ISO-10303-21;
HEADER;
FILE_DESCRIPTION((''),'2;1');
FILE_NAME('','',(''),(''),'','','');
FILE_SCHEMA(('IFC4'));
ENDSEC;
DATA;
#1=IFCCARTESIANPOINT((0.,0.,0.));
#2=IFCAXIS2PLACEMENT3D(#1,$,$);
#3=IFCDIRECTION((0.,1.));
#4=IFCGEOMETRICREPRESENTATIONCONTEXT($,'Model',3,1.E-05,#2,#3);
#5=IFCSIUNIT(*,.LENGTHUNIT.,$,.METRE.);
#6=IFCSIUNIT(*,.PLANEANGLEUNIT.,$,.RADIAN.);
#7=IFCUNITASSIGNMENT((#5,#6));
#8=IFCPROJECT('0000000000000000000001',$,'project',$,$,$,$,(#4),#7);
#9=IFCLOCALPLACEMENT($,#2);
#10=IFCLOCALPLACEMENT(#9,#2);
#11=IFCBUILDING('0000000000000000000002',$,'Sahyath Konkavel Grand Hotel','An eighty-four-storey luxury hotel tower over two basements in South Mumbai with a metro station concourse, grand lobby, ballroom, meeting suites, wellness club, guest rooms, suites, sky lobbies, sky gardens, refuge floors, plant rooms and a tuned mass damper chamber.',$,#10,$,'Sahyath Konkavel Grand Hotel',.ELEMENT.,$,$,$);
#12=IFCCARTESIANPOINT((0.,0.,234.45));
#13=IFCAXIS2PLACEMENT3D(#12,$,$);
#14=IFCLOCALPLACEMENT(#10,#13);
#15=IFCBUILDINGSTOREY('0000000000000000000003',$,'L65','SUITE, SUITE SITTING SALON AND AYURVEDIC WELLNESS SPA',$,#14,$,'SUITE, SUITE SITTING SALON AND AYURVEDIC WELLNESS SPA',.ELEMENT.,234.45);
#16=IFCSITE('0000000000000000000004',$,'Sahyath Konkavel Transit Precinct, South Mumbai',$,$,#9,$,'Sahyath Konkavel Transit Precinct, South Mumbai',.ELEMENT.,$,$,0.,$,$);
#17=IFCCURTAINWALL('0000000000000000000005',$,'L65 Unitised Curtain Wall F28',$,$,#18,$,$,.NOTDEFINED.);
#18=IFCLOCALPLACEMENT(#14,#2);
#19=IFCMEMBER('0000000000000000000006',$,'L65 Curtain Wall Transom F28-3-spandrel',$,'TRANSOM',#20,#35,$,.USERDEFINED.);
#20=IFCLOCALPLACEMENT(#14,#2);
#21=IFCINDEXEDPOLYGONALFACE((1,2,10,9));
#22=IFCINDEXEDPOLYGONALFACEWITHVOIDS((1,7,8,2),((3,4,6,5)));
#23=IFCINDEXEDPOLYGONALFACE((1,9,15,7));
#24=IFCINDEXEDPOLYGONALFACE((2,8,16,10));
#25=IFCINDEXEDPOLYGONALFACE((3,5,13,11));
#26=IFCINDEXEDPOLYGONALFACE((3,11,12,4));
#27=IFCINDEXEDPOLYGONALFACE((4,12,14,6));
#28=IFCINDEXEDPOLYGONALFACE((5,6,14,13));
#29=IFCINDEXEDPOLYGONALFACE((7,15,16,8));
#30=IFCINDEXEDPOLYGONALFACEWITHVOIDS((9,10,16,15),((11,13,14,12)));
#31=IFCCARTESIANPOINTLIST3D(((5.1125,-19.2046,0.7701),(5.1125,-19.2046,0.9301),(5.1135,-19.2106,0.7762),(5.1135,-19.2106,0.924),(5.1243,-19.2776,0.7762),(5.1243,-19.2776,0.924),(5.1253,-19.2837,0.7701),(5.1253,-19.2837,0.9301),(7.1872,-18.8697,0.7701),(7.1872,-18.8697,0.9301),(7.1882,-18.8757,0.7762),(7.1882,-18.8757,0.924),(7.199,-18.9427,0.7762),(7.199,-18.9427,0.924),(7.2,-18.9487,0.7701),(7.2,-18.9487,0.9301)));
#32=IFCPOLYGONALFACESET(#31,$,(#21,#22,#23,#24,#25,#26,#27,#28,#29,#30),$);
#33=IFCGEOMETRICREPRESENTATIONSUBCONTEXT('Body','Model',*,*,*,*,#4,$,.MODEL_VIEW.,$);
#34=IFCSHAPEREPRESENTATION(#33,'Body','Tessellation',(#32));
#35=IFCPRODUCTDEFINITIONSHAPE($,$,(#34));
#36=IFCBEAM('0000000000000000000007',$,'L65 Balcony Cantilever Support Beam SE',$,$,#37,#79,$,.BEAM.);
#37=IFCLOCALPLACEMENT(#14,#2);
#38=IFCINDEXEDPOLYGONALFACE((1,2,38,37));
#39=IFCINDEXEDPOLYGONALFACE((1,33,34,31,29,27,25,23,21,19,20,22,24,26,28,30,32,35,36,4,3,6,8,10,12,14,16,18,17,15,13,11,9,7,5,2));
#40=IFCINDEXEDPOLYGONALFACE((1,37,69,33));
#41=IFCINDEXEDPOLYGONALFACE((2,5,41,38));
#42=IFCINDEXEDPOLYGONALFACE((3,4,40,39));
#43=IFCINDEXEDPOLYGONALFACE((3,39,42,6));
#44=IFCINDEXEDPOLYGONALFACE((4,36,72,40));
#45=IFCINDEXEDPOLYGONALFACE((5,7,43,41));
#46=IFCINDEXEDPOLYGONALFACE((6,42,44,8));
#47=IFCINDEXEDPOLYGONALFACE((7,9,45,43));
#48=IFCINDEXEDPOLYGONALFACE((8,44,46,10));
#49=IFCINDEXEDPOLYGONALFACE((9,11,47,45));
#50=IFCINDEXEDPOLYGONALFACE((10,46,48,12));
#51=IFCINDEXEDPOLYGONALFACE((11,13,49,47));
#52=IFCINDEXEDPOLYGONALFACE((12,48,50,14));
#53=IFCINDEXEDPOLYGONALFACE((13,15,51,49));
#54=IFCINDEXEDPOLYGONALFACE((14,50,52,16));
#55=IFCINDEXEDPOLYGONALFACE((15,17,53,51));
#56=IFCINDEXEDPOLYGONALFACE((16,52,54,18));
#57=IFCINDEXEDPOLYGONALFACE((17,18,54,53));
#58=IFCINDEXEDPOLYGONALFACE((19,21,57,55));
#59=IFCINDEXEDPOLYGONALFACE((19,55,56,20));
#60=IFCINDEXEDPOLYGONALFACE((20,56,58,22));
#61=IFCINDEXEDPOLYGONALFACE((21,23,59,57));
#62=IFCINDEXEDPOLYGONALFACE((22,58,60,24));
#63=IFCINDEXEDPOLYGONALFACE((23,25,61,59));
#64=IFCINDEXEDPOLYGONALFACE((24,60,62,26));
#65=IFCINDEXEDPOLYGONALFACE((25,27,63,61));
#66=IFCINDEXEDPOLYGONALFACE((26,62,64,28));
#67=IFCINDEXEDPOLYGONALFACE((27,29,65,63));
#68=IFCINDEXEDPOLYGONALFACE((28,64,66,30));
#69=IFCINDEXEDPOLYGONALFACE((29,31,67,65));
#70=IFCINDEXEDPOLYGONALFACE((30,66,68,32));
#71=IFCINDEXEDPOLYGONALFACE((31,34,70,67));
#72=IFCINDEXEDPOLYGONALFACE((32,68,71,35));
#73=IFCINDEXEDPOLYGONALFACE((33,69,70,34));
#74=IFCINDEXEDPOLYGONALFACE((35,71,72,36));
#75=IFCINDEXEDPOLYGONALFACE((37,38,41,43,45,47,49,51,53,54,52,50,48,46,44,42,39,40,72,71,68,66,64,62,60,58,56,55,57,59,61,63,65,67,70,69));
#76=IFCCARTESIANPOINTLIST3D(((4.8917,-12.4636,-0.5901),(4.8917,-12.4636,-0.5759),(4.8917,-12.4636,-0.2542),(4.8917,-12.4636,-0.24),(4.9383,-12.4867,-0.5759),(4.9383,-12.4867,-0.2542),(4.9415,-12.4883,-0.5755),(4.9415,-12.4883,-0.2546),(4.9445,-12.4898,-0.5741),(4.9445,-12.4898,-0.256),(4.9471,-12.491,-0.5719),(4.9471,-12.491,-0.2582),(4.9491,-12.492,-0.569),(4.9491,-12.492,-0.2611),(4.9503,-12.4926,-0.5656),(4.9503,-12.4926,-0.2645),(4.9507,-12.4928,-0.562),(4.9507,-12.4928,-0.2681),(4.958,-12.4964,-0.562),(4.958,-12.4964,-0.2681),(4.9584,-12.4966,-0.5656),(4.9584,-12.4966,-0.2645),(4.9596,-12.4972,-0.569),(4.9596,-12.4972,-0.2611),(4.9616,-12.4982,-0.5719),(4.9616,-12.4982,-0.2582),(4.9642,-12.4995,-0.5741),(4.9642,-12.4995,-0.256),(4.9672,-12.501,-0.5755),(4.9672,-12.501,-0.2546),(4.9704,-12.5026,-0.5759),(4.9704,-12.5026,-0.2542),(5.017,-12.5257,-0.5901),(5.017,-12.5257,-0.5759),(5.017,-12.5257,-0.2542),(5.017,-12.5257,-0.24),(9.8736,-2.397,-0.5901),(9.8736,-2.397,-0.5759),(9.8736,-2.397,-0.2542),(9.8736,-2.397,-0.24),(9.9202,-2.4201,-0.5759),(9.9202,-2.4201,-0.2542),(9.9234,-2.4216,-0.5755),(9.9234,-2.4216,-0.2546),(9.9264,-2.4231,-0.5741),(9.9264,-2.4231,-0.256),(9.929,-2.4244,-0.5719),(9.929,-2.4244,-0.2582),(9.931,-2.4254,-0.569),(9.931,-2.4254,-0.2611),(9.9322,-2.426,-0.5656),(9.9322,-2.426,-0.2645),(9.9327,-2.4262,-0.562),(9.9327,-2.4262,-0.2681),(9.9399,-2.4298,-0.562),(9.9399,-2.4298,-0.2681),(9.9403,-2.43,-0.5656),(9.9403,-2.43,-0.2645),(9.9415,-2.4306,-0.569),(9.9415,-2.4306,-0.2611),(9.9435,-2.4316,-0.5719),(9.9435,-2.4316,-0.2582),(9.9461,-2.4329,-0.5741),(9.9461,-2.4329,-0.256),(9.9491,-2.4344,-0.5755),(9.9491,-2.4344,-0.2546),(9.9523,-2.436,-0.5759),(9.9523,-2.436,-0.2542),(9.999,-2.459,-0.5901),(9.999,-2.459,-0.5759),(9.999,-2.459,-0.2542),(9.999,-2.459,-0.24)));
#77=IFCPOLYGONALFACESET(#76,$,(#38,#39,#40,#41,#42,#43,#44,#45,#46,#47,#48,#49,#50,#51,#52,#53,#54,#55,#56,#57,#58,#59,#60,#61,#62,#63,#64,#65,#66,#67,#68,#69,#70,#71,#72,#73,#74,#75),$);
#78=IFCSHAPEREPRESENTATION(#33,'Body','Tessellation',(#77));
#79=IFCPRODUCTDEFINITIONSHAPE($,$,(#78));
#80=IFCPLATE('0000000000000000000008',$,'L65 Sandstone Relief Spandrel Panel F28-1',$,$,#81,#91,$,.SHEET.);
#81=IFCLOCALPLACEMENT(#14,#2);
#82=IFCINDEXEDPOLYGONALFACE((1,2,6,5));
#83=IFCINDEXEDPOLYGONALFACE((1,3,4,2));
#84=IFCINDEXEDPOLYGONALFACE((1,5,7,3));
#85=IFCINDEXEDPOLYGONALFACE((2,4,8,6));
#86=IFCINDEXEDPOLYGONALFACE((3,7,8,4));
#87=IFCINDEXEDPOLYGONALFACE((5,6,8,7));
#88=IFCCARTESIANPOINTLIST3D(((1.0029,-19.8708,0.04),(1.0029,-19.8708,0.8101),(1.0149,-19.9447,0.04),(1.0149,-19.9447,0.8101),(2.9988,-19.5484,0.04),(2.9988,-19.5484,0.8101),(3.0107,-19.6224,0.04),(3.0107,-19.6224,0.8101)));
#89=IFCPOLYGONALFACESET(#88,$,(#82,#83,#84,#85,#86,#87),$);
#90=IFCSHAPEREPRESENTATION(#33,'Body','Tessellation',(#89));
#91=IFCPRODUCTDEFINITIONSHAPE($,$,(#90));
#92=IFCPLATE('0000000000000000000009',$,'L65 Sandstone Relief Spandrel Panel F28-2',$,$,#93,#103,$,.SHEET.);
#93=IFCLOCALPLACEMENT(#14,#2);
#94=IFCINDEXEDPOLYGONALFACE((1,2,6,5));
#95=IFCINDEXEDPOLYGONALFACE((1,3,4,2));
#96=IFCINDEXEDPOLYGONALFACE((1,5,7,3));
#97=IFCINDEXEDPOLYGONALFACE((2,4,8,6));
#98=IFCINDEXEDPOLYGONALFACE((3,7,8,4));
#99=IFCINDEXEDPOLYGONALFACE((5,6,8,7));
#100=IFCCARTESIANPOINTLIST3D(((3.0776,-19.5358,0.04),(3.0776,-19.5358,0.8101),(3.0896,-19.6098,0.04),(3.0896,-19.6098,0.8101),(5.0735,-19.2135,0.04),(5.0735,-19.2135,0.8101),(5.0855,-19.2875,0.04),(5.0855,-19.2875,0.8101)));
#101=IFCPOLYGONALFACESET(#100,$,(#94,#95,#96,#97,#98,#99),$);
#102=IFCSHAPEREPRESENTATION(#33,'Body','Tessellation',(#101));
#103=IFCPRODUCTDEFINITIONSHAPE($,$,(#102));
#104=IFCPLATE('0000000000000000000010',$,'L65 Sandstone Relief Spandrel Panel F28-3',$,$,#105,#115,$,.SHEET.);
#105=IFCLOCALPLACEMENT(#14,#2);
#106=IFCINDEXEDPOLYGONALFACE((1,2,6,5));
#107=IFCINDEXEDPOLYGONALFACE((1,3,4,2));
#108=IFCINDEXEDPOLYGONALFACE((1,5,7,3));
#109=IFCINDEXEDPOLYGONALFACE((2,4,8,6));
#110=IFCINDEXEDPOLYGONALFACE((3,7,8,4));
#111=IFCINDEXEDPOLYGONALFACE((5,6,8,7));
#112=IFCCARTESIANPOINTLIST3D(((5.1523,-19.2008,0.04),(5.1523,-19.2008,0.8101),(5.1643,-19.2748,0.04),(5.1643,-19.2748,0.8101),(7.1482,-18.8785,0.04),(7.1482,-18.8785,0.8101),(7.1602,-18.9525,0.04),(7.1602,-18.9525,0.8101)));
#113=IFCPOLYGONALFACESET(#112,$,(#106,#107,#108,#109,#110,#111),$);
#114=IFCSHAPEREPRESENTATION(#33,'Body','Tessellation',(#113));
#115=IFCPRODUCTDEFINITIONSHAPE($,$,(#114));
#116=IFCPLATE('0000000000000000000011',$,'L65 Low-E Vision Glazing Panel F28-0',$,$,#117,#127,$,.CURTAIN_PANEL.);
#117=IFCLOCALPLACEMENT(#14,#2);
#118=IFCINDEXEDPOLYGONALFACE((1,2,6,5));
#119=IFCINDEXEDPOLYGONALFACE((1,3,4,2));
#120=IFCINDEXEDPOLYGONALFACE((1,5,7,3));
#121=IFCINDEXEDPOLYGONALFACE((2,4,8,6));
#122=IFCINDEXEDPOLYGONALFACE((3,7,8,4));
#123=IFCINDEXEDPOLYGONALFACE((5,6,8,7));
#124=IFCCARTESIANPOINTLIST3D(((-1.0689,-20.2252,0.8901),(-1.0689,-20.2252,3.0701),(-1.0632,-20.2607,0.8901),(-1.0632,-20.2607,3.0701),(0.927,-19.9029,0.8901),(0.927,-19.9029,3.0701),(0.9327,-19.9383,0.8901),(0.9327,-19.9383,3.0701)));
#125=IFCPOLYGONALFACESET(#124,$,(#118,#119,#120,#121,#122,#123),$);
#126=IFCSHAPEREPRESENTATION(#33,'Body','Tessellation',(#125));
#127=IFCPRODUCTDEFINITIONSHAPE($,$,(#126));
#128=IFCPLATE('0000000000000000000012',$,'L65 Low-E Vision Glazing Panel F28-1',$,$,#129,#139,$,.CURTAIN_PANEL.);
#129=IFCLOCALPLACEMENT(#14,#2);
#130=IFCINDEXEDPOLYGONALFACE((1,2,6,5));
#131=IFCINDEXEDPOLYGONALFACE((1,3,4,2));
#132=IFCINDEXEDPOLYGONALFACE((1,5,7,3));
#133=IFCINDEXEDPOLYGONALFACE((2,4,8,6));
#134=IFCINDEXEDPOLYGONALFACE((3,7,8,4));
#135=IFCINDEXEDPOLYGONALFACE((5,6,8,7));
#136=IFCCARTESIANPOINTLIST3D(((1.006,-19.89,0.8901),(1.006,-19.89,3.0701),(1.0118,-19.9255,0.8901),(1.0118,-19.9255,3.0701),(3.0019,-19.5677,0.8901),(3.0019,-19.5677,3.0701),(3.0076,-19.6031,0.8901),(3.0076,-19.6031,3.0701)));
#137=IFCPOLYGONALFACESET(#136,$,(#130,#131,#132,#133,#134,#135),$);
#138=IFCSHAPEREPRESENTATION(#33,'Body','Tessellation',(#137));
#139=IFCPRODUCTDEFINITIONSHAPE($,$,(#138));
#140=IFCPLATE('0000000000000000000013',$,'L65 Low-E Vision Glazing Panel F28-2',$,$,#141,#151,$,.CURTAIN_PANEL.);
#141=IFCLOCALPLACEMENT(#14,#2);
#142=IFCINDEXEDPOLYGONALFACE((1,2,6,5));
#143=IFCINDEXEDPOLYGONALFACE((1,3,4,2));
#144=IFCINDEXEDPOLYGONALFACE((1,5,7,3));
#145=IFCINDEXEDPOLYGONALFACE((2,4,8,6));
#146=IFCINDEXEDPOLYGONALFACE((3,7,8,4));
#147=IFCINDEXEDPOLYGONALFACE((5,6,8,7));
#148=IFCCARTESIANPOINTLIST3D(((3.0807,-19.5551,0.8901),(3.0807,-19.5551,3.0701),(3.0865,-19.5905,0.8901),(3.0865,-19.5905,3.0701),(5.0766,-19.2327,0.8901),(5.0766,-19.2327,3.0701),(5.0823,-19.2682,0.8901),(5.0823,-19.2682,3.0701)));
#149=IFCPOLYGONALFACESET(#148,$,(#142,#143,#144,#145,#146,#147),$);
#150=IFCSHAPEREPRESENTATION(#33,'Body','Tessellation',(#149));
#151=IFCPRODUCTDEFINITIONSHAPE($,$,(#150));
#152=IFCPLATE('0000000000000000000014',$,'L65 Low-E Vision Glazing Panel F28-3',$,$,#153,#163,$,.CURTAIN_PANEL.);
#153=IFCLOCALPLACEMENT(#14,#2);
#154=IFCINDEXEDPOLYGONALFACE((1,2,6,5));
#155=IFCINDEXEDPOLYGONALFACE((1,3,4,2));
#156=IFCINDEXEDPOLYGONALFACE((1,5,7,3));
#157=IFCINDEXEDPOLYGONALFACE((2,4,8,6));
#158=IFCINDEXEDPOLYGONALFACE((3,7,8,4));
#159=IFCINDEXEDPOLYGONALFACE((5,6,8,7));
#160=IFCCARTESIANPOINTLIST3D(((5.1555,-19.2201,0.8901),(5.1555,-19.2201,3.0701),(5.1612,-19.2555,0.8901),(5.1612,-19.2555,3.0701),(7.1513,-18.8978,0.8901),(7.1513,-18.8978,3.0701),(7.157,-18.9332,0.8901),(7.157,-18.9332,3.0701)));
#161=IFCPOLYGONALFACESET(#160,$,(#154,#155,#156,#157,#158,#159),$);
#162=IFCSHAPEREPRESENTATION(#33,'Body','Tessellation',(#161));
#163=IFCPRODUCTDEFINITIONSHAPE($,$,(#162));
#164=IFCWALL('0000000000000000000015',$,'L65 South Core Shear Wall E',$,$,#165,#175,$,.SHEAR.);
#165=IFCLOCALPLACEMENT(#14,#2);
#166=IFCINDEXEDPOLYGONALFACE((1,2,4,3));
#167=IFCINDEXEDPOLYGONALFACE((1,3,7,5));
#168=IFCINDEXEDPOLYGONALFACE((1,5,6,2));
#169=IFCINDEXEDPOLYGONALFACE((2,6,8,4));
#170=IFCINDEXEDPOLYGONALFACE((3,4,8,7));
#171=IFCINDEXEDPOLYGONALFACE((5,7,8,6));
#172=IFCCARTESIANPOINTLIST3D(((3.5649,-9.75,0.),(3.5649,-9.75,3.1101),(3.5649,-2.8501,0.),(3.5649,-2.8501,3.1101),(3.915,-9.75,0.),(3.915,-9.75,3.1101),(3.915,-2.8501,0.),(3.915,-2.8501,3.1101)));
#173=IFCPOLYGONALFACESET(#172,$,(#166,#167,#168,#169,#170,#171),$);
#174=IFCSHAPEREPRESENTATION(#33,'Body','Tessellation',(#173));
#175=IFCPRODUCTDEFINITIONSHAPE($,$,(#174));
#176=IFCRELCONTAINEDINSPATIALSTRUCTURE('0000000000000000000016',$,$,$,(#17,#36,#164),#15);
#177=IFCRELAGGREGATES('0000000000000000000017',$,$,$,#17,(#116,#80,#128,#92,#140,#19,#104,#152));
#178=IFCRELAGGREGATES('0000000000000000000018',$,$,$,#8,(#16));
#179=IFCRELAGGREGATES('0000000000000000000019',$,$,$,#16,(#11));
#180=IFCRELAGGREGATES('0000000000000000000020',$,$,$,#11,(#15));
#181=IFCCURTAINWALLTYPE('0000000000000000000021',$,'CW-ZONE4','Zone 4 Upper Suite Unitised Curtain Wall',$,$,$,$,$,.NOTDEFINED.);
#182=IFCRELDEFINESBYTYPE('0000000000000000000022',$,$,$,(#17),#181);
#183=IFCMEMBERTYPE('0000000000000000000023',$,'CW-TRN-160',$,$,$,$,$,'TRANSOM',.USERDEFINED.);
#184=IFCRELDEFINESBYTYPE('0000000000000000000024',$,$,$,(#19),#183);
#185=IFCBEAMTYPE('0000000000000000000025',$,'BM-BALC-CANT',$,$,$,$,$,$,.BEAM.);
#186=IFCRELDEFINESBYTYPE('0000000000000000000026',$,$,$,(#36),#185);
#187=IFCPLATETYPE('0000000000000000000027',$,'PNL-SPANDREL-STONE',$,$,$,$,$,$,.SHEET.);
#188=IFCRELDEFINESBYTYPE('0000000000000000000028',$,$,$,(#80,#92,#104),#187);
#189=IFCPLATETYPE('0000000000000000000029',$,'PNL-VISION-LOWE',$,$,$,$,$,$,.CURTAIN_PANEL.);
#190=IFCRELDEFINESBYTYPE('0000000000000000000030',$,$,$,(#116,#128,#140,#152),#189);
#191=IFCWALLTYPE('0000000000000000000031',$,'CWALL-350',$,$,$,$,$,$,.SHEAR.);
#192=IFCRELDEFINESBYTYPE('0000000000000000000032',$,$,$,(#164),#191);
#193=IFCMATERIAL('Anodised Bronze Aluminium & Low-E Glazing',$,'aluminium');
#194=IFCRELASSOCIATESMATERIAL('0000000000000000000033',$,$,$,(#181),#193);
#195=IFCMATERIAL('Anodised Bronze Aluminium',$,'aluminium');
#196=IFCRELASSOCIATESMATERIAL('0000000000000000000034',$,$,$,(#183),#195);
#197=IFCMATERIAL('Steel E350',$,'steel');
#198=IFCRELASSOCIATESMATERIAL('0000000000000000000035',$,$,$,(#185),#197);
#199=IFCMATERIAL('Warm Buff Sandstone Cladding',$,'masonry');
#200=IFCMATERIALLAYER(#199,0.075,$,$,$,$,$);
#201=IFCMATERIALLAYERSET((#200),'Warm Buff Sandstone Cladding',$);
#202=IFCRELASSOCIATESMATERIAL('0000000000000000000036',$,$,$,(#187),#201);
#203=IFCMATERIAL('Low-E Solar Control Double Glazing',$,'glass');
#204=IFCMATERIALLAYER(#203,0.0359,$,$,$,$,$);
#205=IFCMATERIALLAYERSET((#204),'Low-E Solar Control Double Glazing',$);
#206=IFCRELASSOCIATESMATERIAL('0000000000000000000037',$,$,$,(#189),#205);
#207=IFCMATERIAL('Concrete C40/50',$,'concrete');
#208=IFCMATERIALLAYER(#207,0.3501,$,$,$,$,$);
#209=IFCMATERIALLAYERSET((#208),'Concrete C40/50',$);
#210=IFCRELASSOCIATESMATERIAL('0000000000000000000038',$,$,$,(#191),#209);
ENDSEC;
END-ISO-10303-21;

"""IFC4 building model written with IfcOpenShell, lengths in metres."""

from ifc_helpers import new_model, si_unit, direction, frame, frame_2d, origin, origin_2d, place, context, subcontext, project, spatial, rectangle, hollow_rectangle, i_section, extrude, source, transform, mapped, material, layer, layer_set, material_profile, profile_set, type_object, element, aggregate, save


model = new_model("IFC4")

# Units and contexts
model_context = context("Model", 3, precision=1e-05, world=origin(), true_north=direction((0.0, 1.0)))
body_context = subcontext(model_context, "Body", "Model", "MODEL_VIEW")
ifc_project = project(units=[si_unit("LENGTHUNIT", "METRE"), si_unit("PLANEANGLEUNIT", "RADIAN")], contexts=[model_context])

# Site, building, storey
site_placement = place(None, origin())
site = spatial("IfcSite", under=ifc_project, at=site_placement, Name="Sahyath Konkavel Transit Precinct, South Mumbai", LongName="Sahyath Konkavel Transit Precinct, South Mumbai", CompositionType="ELEMENT", RefElevation=0.0)
building_placement = place(site_placement, origin())
building = spatial("IfcBuilding", under=site, at=building_placement, Name="Sahyath Konkavel Grand Hotel", Description="An eighty-four-storey luxury hotel tower over two basements in South Mumbai with a metro station concourse, grand lobby, ballroom, meeting suites, wellness club, guest rooms, suites, sky lobbies, sky gardens, refuge floors, plant rooms and a tuned mass damper chamber.", LongName="Sahyath Konkavel Grand Hotel", CompositionType="ELEMENT")
storey_placement = place(building_placement, frame((0.0, 0.0, 234.45)))
storey = spatial("IfcBuildingStorey", under=building, at=storey_placement, Name="L65", Description="SUITE, SUITE SITTING SALON AND AYURVEDIC WELLNESS SPA", LongName="SUITE, SUITE SITTING SALON AND AYURVEDIC WELLNESS SPA", CompositionType="ELEMENT", Elevation=234.45)

# Shared definitions
ifc_material_1 = material(Name="Steel E350", Category="steel")

# Curtain wall
ifc_material_2 = material(Name="Anodised Bronze Aluminium & Low-E Glazing", Category="aluminium")
curtain_wall_type = type_object("IfcCurtainWallType", Name="CW-ZONE4", Description="Zone 4 Upper Suite Unitised Curtain Wall", PredefinedType="NOTDEFINED", material=ifc_material_2)
curtain_wall_1_placement = place(storey_placement, origin())
curtain_wall_1 = element("IfcCurtainWall", 1, at=curtain_wall_1_placement, inside=storey, type_object=curtain_wall_type, Name="L65 Unitised Curtain Wall F28", PredefinedType="NOTDEFINED")
ifc_material_3 = material(Name="Anodised Bronze Aluminium", Category="aluminium")

# Member
ifc_material_profile_1 = material_profile(ifc_material_3, hollow_rectangle(XDim=0.0801, YDim=0.1599, WallThickness=0.0061, at=origin_2d()), Name="RHS 160x80x6")
ifc_profile_set_1 = profile_set([ifc_material_profile_1], Name="Anodised Bronze Aluminium")
member_type_1 = type_object("IfcMemberType", Name="CW-TRN-160", ElementType="TRANSOM", PredefinedType="USERDEFINED", material=ifc_profile_set_1)
shared_shape_1 = source(origin(), body_context, "Body", "SweptSolid", [
    extrude(hollow_rectangle(XDim=0.0801, YDim=0.1599, WallThickness=0.0061, at=origin_2d()), origin(), (0.0, 0.0, 1.0), 2.1016),
])
member_1_placement = place(storey_placement, frame((5.1189, -19.2441, 0.8501), z_axis=(0.987216, 0.159386, 0.0), x_axis=(-0.159386, 0.987216, 0.0)))
member_1 = element("IfcMember", 2, at=member_1_placement, type_object=member_type_1, Name="L65 Curtain Wall Transom F28-3-spandrel", ObjectType="TRANSOM", PredefinedType="USERDEFINED", context=body_context, shape_type="MappedRepresentation", body=[
    mapped(shared_shape_1, transform((0.0, 0.0, 0.0), scale=1.0)),
])

# Beam
ifc_material_profile_2 = material_profile(ifc_material_1, i_section(OverallWidth=0.1399, OverallDepth=0.3501, WebThickness=0.0081, FlangeThickness=0.0142, FilletRadius=0.0139, at=origin_2d()), Name="ISMB 350")
ifc_profile_set_2 = profile_set([ifc_material_profile_2], Name="Steel E350")
beam_type_1 = type_object("IfcBeamType", Name="BM-BALC-CANT", PredefinedType="BEAM", material=ifc_profile_set_2)
shared_shape_2 = source(origin(), body_context, "Body", "SweptSolid", [
    extrude(i_section(OverallWidth=0.1399, OverallDepth=0.3501, WebThickness=0.0081, FlangeThickness=0.0142, FilletRadius=0.0139, at=origin_2d()), origin(), (0.0, 0.0, 1.0), 11.2319),
])
beam_1_placement = place(storey_placement, frame((4.9543, -12.4946, -0.415), z_axis=(0.443549, 0.89625, 0.0), x_axis=(-0.89625, 0.443549, 0.0)))
element("IfcBeam", 3, at=beam_1_placement, inside=storey, type_object=beam_type_1, Name="L65 Balcony Cantilever Support Beam SE", PredefinedType="BEAM", context=body_context, shape_type="MappedRepresentation", body=[
    mapped(shared_shape_2, transform((0.0, 0.0, 0.0), scale=1.0)),
])

# Plates
ifc_material_4 = material(Name="Warm Buff Sandstone Cladding", Category="masonry")
ifc_layer_1 = layer(ifc_material_4, 0.075)
ifc_layer_set_1 = layer_set([ifc_layer_1], Name="Warm Buff Sandstone Cladding")
plate_type_1 = type_object("IfcPlateType", Name="PNL-SPANDREL-STONE", PredefinedType="SHEET", material=ifc_layer_set_1)
shared_shape_3 = source(origin(), body_context, "Body", "SweptSolid", [
    extrude(rectangle(XDim=2.0217, YDim=0.075, at=origin_2d()), origin(), (0.0, 0.0, 1.0), 0.77),
])
plate_1_placement = place(storey_placement, frame((2.0068, -19.7466, 0.04), z_axis=(0.0, 0.0, 1.0), x_axis=(0.987209, 0.159433, 0.0)))
plate_1 = element("IfcPlate", 4, at=plate_1_placement, type_object=plate_type_1, Name="L65 Sandstone Relief Spandrel Panel F28-1", PredefinedType="SHEET", context=body_context, shape_type="MappedRepresentation", body=[
    mapped(shared_shape_3, transform((0.0, 0.0, 0.0), scale=1.0)),
])
plate_2_placement = place(storey_placement, frame((4.0815, -19.4116, 0.04), z_axis=(0.0, 0.0, 1.0), x_axis=(0.987209, 0.159433, 0.0)))
plate_2 = element("IfcPlate", 5, at=plate_2_placement, type_object=plate_type_1, Name="L65 Sandstone Relief Spandrel Panel F28-2", PredefinedType="SHEET", context=body_context, shape_type="MappedRepresentation", body=[
    mapped(shared_shape_3, transform((0.0, 0.0, 0.0), scale=1.0)),
])
plate_3_placement = place(storey_placement, frame((6.1562, -19.0767, 0.04), z_axis=(0.0, 0.0, 1.0), x_axis=(0.987209, 0.159433, 0.0)))
plate_3 = element("IfcPlate", 6, at=plate_3_placement, type_object=plate_type_1, Name="L65 Sandstone Relief Spandrel Panel F28-3", PredefinedType="SHEET", context=body_context, shape_type="MappedRepresentation", body=[
    mapped(shared_shape_3, transform((0.0, 0.0, 0.0), scale=1.0)),
])
ifc_material_5 = material(Name="Low-E Solar Control Double Glazing", Category="glass")
ifc_layer_2 = layer(ifc_material_5, 0.0359)
ifc_layer_set_2 = layer_set([ifc_layer_2], Name="Low-E Solar Control Double Glazing")
plate_type_2 = type_object("IfcPlateType", Name="PNL-VISION-LOWE", PredefinedType="CURTAIN_PANEL", material=ifc_layer_set_2)
shared_shape_4 = source(origin(), body_context, "Body", "SweptSolid", [
    extrude(rectangle(XDim=2.0217, YDim=0.0359, at=origin_2d()), origin(), (0.0, 0.0, 1.0), 2.1799),
])
plate_4_placement = place(storey_placement, frame((-0.0681, -20.0818, 0.8901), z_axis=(0.0, 0.0, 1.0), x_axis=(0.987209, 0.159433, 0.0)))
plate_4 = element("IfcPlate", 7, at=plate_4_placement, type_object=plate_type_2, Name="L65 Low-E Vision Glazing Panel F28-0", PredefinedType="CURTAIN_PANEL", context=body_context, shape_type="MappedRepresentation", body=[
    mapped(shared_shape_4, transform((0.0, 0.0, 0.0), scale=1.0)),
])
plate_5_placement = place(storey_placement, frame((2.0068, -19.7466, 0.8901), z_axis=(0.0, 0.0, 1.0), x_axis=(0.987209, 0.159433, 0.0)))
plate_5 = element("IfcPlate", 8, at=plate_5_placement, type_object=plate_type_2, Name="L65 Low-E Vision Glazing Panel F28-1", PredefinedType="CURTAIN_PANEL", context=body_context, shape_type="MappedRepresentation", body=[
    mapped(shared_shape_4, transform((0.0, 0.0, 0.0), scale=1.0)),
])
plate_6_placement = place(storey_placement, frame((4.0815, -19.4116, 0.8901), z_axis=(0.0, 0.0, 1.0), x_axis=(0.987209, 0.159433, 0.0)))
plate_6 = element("IfcPlate", 9, at=plate_6_placement, type_object=plate_type_2, Name="L65 Low-E Vision Glazing Panel F28-2", PredefinedType="CURTAIN_PANEL", context=body_context, shape_type="MappedRepresentation", body=[
    mapped(shared_shape_4, transform((0.0, 0.0, 0.0), scale=1.0)),
])
plate_7_placement = place(storey_placement, frame((6.1562, -19.0767, 0.8901), z_axis=(0.0, 0.0, 1.0), x_axis=(0.987209, 0.159433, 0.0)))
plate_7 = element("IfcPlate", 10, at=plate_7_placement, type_object=plate_type_2, Name="L65 Low-E Vision Glazing Panel F28-3", PredefinedType="CURTAIN_PANEL", context=body_context, shape_type="MappedRepresentation", body=[
    mapped(shared_shape_4, transform((0.0, 0.0, 0.0), scale=1.0)),
])
aggregate(curtain_wall_1, [plate_4, plate_1, plate_5, plate_2, plate_6, member_1, plate_3, plate_7])

# Wall
ifc_material_6 = material(Name="Concrete C40/50", Category="concrete")
ifc_layer_3 = layer(ifc_material_6, 0.3501)
ifc_layer_set_3 = layer_set([ifc_layer_3], Name="Concrete C40/50")
wall_type_1 = type_object("IfcWallType", Name="CWALL-350", PredefinedType="SHEAR", material=ifc_layer_set_3)
wall_1_placement = place(storey_placement, frame((3.74, -9.75, 0.0), z_axis=(0.0, 0.0, 1.0), x_axis=(0.0, 1.0, 0.0)))
element("IfcWall", 11, at=wall_1_placement, inside=storey, type_object=wall_type_1, Name="L65 South Core Shear Wall E", PredefinedType="SHEAR", context=body_context, shape_type="SweptSolid", body=[
    extrude(rectangle(XDim=6.8999, YDim=0.3501, at=frame_2d((3.45, 0.0))), origin(), (0.0, 0.0, 1.0), 3.1101),
])

save(model, "model.ifc")
